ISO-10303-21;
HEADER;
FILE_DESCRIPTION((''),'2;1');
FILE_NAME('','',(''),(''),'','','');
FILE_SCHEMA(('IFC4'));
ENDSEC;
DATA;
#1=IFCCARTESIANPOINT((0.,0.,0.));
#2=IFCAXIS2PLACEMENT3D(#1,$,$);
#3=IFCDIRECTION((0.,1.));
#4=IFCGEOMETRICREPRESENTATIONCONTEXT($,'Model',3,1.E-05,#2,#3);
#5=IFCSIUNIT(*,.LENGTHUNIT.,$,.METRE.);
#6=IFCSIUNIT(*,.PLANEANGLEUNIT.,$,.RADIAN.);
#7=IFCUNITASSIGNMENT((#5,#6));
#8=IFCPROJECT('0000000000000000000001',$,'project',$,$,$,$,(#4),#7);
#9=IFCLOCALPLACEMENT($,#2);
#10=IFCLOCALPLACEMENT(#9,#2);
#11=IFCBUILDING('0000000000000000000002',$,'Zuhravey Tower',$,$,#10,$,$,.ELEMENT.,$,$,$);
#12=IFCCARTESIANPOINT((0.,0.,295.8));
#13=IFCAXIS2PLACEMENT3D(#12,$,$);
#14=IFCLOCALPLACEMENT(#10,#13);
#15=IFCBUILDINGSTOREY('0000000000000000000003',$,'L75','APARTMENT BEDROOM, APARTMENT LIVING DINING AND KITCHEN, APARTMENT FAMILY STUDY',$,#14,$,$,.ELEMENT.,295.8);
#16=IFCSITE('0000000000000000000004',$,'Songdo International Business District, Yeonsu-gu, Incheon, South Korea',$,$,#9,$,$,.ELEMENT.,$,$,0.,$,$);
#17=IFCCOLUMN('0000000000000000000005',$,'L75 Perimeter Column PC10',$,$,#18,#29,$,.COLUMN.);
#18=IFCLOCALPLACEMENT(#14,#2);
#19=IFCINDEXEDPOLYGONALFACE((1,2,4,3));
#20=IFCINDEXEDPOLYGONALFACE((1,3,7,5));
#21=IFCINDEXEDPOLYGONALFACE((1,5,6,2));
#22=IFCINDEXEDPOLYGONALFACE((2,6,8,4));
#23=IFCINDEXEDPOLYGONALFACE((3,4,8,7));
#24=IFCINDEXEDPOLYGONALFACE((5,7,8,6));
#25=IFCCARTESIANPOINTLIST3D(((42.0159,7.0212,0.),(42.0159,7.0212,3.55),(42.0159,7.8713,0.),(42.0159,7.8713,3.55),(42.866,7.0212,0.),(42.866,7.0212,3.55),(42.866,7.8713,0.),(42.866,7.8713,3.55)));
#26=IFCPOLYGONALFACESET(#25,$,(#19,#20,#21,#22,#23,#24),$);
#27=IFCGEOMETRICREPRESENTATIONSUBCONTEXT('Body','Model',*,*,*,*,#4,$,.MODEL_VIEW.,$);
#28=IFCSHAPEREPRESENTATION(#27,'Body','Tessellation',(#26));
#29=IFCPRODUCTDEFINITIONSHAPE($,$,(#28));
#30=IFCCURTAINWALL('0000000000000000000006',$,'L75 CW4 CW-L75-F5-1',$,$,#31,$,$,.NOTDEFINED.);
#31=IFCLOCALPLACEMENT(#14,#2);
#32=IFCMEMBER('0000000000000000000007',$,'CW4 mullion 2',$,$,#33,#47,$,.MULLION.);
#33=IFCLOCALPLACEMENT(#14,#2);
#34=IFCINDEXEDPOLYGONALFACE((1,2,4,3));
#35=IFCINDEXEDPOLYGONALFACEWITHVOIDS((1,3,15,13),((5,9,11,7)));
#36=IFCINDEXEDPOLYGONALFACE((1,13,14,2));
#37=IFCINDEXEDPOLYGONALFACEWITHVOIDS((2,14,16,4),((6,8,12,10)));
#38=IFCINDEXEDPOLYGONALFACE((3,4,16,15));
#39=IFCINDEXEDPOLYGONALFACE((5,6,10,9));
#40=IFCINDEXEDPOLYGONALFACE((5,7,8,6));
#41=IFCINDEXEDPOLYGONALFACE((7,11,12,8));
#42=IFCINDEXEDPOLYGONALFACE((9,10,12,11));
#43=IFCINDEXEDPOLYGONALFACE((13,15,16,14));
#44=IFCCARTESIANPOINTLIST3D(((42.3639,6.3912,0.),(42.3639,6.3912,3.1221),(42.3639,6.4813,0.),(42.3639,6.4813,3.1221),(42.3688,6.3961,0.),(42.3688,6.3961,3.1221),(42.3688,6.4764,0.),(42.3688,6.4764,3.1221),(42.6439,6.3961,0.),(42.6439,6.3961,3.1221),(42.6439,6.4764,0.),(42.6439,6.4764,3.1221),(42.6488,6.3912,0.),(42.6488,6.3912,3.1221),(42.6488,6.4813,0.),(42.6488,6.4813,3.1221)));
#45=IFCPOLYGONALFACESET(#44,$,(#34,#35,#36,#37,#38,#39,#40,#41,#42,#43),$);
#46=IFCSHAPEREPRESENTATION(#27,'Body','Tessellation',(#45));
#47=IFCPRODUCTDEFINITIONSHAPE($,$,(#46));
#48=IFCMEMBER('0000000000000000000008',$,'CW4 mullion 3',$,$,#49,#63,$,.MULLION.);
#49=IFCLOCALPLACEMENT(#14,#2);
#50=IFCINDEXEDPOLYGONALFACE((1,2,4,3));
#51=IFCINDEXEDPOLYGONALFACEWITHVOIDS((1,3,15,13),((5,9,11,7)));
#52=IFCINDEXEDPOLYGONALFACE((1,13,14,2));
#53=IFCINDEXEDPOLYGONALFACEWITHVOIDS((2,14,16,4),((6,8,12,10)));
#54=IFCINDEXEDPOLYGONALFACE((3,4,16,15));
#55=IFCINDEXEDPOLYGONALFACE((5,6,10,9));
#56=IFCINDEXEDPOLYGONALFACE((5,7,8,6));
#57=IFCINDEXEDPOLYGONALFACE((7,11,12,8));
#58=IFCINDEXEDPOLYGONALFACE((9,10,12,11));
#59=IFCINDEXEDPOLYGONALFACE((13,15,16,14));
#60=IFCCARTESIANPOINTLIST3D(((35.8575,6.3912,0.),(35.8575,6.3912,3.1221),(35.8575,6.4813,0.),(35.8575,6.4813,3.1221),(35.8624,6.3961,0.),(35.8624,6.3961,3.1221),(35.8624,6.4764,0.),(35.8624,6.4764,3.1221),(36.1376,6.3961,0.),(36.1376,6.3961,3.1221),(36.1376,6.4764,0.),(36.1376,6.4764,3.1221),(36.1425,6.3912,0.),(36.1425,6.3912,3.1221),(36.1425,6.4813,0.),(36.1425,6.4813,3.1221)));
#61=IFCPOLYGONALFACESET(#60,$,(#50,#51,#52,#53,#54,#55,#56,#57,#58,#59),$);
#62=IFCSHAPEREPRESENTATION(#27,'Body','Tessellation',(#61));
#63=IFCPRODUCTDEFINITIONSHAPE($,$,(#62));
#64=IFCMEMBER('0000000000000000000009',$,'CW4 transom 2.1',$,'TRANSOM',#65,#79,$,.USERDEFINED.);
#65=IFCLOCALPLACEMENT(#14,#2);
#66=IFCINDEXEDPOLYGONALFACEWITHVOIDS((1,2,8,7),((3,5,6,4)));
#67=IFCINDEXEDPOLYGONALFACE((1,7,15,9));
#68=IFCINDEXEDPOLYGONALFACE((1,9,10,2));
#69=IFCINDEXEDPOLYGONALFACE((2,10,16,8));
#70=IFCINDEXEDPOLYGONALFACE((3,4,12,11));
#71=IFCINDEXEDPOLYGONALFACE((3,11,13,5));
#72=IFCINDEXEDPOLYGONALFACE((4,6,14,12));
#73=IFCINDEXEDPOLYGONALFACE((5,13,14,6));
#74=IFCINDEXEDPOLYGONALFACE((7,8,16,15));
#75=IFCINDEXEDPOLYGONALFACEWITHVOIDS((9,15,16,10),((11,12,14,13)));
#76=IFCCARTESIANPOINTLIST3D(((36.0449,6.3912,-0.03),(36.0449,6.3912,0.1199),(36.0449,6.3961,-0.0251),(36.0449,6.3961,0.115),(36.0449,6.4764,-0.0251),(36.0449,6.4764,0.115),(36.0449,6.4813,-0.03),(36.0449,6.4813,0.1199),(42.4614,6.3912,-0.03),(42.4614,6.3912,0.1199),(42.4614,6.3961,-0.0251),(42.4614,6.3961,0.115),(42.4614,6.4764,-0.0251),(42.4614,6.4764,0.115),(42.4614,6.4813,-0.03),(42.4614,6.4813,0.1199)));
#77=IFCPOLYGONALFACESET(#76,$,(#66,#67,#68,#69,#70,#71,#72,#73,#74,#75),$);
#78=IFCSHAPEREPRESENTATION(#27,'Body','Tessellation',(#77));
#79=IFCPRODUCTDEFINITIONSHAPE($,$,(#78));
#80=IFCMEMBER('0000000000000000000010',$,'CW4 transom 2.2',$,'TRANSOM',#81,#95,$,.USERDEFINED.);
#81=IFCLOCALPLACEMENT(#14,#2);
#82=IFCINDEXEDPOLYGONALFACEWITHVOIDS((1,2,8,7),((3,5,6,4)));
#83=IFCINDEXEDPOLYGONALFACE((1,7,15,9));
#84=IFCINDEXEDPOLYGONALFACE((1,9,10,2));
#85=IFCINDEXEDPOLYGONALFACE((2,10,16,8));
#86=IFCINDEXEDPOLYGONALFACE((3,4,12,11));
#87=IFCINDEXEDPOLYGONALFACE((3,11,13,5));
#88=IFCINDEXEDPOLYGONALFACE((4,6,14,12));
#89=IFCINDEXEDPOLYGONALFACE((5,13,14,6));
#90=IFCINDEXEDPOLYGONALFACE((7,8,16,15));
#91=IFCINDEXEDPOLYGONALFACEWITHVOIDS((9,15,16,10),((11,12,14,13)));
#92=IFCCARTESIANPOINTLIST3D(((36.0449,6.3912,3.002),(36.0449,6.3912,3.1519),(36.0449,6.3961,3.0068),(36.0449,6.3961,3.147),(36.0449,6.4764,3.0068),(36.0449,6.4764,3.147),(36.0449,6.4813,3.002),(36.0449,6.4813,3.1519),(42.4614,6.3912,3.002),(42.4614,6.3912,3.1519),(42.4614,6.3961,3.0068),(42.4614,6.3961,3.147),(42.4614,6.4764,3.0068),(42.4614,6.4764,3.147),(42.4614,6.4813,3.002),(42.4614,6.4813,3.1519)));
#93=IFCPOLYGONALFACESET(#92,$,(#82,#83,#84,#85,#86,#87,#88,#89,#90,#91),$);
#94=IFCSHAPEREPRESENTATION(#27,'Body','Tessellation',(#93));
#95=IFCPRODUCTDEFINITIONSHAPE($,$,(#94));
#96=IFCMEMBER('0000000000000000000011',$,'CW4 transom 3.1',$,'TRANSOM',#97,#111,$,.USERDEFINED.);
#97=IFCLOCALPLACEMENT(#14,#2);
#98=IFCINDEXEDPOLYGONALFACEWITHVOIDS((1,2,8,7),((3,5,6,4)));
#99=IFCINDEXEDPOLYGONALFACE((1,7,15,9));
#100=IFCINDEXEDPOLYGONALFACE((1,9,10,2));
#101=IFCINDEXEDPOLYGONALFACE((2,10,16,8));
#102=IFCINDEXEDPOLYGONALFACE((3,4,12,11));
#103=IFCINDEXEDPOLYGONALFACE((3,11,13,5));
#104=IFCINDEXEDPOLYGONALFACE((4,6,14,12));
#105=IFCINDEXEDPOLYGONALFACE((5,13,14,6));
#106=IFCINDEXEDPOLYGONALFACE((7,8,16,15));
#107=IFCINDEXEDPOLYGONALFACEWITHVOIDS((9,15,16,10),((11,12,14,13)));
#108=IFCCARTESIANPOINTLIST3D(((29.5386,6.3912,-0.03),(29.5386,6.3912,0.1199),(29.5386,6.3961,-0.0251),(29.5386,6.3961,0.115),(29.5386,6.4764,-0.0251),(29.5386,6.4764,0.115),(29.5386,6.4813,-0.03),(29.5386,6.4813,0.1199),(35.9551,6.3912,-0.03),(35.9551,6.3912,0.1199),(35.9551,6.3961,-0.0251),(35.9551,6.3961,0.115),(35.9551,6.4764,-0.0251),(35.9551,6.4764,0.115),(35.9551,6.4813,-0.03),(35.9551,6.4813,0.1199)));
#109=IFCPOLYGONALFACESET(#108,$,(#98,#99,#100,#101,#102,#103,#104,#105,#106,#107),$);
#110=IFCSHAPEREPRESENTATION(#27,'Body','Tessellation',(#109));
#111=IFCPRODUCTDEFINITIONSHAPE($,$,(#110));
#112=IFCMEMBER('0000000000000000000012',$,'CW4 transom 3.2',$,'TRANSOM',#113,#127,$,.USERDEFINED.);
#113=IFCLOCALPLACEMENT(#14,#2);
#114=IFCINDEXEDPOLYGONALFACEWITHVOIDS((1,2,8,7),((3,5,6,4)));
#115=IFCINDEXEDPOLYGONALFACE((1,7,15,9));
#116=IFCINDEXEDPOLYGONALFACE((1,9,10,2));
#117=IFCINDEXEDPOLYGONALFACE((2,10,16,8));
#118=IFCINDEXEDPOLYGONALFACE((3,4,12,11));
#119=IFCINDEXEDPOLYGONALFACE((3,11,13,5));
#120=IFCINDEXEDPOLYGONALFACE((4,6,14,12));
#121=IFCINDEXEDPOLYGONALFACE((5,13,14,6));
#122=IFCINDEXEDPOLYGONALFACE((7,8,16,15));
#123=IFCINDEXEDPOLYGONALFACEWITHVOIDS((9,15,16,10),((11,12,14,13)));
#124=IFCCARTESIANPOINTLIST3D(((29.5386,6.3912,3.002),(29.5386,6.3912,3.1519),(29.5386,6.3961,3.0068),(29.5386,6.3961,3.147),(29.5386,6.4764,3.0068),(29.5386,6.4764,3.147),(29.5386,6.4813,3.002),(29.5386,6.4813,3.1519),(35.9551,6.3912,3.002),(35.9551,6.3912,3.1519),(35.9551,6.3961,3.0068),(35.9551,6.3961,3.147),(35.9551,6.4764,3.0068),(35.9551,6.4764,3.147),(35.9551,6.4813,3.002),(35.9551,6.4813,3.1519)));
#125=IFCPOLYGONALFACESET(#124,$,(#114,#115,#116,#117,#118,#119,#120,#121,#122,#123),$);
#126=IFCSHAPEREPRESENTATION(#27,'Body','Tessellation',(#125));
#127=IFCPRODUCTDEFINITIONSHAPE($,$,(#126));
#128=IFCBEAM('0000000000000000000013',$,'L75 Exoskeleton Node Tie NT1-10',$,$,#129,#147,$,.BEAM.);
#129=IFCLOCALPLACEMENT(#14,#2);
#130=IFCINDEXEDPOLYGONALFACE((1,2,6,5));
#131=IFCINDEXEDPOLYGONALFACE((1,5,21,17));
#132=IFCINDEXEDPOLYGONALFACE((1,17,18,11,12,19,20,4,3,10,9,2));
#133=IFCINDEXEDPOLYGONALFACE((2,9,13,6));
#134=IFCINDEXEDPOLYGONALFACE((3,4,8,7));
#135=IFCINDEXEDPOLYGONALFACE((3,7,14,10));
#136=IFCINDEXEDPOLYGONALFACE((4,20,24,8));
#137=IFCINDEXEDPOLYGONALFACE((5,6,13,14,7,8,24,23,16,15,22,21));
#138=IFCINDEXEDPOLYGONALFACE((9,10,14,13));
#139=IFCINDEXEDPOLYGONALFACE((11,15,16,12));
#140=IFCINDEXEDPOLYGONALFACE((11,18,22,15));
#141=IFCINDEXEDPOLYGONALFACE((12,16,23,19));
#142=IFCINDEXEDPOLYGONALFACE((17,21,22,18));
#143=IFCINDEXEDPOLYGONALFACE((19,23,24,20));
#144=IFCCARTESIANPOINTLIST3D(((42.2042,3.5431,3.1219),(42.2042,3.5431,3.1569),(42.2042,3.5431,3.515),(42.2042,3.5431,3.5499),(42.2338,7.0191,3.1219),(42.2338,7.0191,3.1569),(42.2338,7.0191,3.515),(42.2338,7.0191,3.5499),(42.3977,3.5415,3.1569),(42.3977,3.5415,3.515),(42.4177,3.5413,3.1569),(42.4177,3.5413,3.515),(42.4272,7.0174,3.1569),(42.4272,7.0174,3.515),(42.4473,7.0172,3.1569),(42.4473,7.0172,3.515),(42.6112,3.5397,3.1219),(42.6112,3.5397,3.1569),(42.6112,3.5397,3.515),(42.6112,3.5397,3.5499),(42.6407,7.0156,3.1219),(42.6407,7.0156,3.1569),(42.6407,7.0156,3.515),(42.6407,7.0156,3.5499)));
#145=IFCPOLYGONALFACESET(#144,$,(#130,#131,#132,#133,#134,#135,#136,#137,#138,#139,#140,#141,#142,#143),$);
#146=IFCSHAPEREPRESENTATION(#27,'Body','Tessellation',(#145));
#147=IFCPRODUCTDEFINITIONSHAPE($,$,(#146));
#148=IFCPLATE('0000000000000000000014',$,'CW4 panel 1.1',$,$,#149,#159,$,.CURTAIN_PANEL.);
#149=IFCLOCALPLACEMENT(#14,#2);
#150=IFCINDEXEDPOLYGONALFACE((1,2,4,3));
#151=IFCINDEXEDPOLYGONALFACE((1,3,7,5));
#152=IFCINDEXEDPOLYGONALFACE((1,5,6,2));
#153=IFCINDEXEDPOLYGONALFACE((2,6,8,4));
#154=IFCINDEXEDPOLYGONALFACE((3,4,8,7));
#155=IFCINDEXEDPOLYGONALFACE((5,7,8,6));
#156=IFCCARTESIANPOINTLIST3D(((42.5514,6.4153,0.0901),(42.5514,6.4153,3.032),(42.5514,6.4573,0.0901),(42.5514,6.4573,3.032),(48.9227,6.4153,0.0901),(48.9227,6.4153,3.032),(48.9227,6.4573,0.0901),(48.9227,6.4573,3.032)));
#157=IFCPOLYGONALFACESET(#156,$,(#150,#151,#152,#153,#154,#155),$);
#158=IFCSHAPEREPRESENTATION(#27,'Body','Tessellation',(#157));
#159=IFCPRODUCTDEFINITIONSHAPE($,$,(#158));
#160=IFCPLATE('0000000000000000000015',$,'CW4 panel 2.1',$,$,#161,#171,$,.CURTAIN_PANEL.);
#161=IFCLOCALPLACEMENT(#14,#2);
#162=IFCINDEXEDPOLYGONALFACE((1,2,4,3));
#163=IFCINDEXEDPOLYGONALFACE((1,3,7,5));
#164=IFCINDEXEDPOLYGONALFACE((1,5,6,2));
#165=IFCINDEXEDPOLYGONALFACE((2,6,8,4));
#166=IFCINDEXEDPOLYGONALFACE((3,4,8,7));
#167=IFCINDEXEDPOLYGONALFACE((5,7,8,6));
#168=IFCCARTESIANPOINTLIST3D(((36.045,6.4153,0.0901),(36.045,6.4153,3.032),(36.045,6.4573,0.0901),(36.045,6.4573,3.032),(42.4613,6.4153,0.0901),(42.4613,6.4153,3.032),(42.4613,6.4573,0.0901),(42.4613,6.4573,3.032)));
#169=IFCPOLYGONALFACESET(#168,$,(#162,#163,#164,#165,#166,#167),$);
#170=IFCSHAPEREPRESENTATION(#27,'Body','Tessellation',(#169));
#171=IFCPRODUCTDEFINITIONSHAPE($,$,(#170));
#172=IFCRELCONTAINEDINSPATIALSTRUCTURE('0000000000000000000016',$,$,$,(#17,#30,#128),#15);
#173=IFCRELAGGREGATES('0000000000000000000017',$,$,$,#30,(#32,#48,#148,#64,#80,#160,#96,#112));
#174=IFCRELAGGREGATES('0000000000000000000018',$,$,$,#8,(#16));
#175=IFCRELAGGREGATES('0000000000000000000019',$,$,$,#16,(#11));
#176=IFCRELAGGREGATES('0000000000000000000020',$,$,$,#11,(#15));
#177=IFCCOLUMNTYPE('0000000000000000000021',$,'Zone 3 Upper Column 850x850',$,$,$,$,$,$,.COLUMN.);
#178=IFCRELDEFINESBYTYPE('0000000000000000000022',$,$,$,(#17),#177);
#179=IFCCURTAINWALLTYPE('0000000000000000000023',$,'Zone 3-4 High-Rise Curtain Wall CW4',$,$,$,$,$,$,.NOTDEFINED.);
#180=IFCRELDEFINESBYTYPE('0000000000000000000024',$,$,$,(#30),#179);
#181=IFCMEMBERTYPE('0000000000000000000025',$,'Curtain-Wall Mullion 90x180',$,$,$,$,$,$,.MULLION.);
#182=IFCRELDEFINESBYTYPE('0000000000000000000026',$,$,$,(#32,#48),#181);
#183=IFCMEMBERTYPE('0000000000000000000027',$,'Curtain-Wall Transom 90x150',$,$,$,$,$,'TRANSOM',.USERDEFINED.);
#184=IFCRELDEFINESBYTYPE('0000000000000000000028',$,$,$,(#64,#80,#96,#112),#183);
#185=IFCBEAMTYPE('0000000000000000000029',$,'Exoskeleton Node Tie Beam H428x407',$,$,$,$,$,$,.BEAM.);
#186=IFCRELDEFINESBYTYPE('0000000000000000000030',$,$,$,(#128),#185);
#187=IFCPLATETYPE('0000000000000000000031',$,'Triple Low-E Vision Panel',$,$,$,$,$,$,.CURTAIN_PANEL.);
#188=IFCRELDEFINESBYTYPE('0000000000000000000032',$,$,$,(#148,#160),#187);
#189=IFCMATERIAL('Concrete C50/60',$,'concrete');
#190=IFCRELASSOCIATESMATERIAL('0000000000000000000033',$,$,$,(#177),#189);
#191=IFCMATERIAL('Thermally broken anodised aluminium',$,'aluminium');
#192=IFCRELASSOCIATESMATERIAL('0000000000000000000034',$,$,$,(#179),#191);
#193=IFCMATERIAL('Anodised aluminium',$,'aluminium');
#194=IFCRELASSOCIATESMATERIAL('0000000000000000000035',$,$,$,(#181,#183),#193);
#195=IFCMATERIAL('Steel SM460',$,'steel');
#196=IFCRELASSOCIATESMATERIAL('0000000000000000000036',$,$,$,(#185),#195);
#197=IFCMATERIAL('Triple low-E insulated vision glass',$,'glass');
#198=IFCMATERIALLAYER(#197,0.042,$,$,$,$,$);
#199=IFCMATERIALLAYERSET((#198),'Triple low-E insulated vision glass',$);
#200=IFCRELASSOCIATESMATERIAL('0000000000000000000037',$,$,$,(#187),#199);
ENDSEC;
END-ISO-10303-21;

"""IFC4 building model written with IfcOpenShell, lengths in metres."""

from ifc_helpers import new_model, si_unit, direction, frame, origin, origin_2d, place, context, subcontext, project, spatial, rectangle, hollow_rectangle, i_section, extrude, material, layer, layer_set, material_profile, profile_set, type_object, element, aggregate, save


model = new_model("IFC4")

# Units and contexts
model_context = context("Model", 3, precision=1e-05, world=origin(), true_north=direction((0.0, 1.0)))
body_context = subcontext(model_context, "Body", "Model", "MODEL_VIEW")
ifc_project = project(units=[si_unit("LENGTHUNIT", "METRE"), si_unit("PLANEANGLEUNIT", "RADIAN")], contexts=[model_context])

# Site, building, storey
site_placement = place(None, origin())
site = spatial("IfcSite", under=ifc_project, at=site_placement, Name="Songdo International Business District, Yeonsu-gu, Incheon, South Korea", CompositionType="ELEMENT", RefElevation=0.0)
building_placement = place(site_placement, origin())
building = spatial("IfcBuilding", under=site, at=building_placement, Name="Zuhravey Tower", CompositionType="ELEMENT")
storey_placement = place(building_placement, frame((0.0, 0.0, 295.8)))
storey = spatial("IfcBuildingStorey", under=building, at=storey_placement, Name="L75", Description="APARTMENT BEDROOM, APARTMENT LIVING DINING AND KITCHEN, APARTMENT FAMILY STUDY", CompositionType="ELEMENT", Elevation=295.8)

# Column
ifc_material_1 = material(Name="Concrete C50/60", Category="concrete")
ifc_material_profile_1 = material_profile(ifc_material_1, rectangle(XDim=0.8501, YDim=0.8501, at=origin_2d()), Name="RC-850x850")
ifc_profile_set_1 = profile_set([ifc_material_profile_1], Name="Concrete C50/60")
column_type = type_object("IfcColumnType", Name="Zone 3 Upper Column 850x850", PredefinedType="COLUMN", material=ifc_profile_set_1)
column_placement = place(storey_placement, frame((42.4409, 7.4463, 0.0), z_axis=(0.0, 0.0, 1.0), x_axis=(1.0, 0.0, 0.0)))
element("IfcColumn", 1, at=column_placement, inside=storey, type_object=column_type, Name="L75 Perimeter Column PC10", PredefinedType="COLUMN", context=body_context, shape_type="SweptSolid", body=[
    extrude(rectangle(XDim=0.8501, YDim=0.8501, at=origin_2d()), origin(), (0.0, 0.0, 1.0), 3.55),
])

# Curtain wall, members
ifc_material_2 = material(Name="Thermally broken anodised aluminium", Category="aluminium")
curtain_wall_type = type_object("IfcCurtainWallType", Name="Zone 3-4 High-Rise Curtain Wall CW4", PredefinedType="NOTDEFINED", material=ifc_material_2)
curtain_wall_placement = place(storey_placement, origin())
curtain_wall = element("IfcCurtainWall", 2, at=curtain_wall_placement, inside=storey, type_object=curtain_wall_type, Name="L75 CW4 CW-L75-F5-1", PredefinedType="NOTDEFINED")
ifc_material_3 = material(Name="Anodised aluminium", Category="aluminium")
ifc_material_profile_2 = material_profile(ifc_material_3, hollow_rectangle(XDim=0.0901, YDim=0.2849, WallThickness=0.0049, at=origin_2d()), Name="ALU-RHS-90x285x5")
ifc_profile_set_2 = profile_set([ifc_material_profile_2], Name="Anodised aluminium")
member_type_1 = type_object("IfcMemberType", Name="Curtain-Wall Mullion 90x180", PredefinedType="MULLION", material=ifc_profile_set_2)
member_1_placement = place(storey_placement, frame((42.5063, 6.4363, 0.0), z_axis=(0.0, 0.0, 1.0), x_axis=(0.0, -1.0, 0.0)))
member_1 = element("IfcMember", 3, at=member_1_placement, type_object=member_type_1, Name="CW4 mullion 2", PredefinedType="MULLION", context=body_context, shape_type="SweptSolid", body=[
    extrude(hollow_rectangle(XDim=0.0901, YDim=0.2849, WallThickness=0.0049, at=origin_2d()), origin(), (0.0, 0.0, 1.0), 3.1221),
])
member_2_placement = place(storey_placement, frame((36.0, 6.4363, 0.0), z_axis=(0.0, 0.0, 1.0), x_axis=(0.0, -1.0, 0.0)))
member_2 = element("IfcMember", 4, at=member_2_placement, type_object=member_type_1, Name="CW4 mullion 3", PredefinedType="MULLION", context=body_context, shape_type="SweptSolid", body=[
    extrude(hollow_rectangle(XDim=0.0901, YDim=0.2849, WallThickness=0.0049, at=origin_2d()), origin(), (0.0, 0.0, 1.0), 3.1221),
])
ifc_material_profile_3 = material_profile(ifc_material_3, hollow_rectangle(XDim=0.0901, YDim=0.1499, WallThickness=0.0049, at=origin_2d()), Name="ALU-RHS-90x150x5")
ifc_profile_set_3 = profile_set([ifc_material_profile_3], Name="Anodised aluminium")
member_type_2 = type_object("IfcMemberType", Name="Curtain-Wall Transom 90x150", ElementType="TRANSOM", PredefinedType="USERDEFINED", material=ifc_profile_set_3)
member_3_placement = place(storey_placement, frame((42.4614, 6.4363, 0.0449), z_axis=(-1.0, 0.0, 0.0), x_axis=(0.0, -1.0, 0.0)))
member_3 = element("IfcMember", 5, at=member_3_placement, type_object=member_type_2, Name="CW4 transom 2.1", ObjectType="TRANSOM", PredefinedType="USERDEFINED", context=body_context, shape_type="SweptSolid", body=[
    extrude(hollow_rectangle(XDim=0.0901, YDim=0.1499, WallThickness=0.0049, at=origin_2d()), origin(), (0.0, 0.0, 1.0), 6.4165),
])
member_4_placement = place(storey_placement, frame((42.4614, 6.4363, 3.0769), z_axis=(-1.0, 0.0, 0.0), x_axis=(0.0, -1.0, 0.0)))
member_4 = element("IfcMember", 6, at=member_4_placement, type_object=member_type_2, Name="CW4 transom 2.2", ObjectType="TRANSOM", PredefinedType="USERDEFINED", context=body_context, shape_type="SweptSolid", body=[
    extrude(hollow_rectangle(XDim=0.0901, YDim=0.1499, WallThickness=0.0049, at=origin_2d()), origin(), (0.0, 0.0, 1.0), 6.4165),
])
member_5_placement = place(storey_placement, frame((35.9551, 6.4363, 0.0449), z_axis=(-1.0, 0.0, 0.0), x_axis=(0.0, -1.0, 0.0)))
member_5 = element("IfcMember", 7, at=member_5_placement, type_object=member_type_2, Name="CW4 transom 3.1", ObjectType="TRANSOM", PredefinedType="USERDEFINED", context=body_context, shape_type="SweptSolid", body=[
    extrude(hollow_rectangle(XDim=0.0901, YDim=0.1499, WallThickness=0.0049, at=origin_2d()), origin(), (0.0, 0.0, 1.0), 6.4165),
])
member_6_placement = place(storey_placement, frame((35.9551, 6.4363, 3.0769), z_axis=(-1.0, 0.0, 0.0), x_axis=(0.0, -1.0, 0.0)))
member_6 = element("IfcMember", 8, at=member_6_placement, type_object=member_type_2, Name="CW4 transom 3.2", ObjectType="TRANSOM", PredefinedType="USERDEFINED", context=body_context, shape_type="SweptSolid", body=[
    extrude(hollow_rectangle(XDim=0.0901, YDim=0.1499, WallThickness=0.0049, at=origin_2d()), origin(), (0.0, 0.0, 1.0), 6.4165),
])

# Beam
ifc_material_4 = material(Name="Steel SM460", Category="steel")
ifc_material_profile_4 = material_profile(ifc_material_4, i_section(OverallWidth=0.407, OverallDepth=0.428, WebThickness=0.02, FlangeThickness=0.0349, at=origin_2d()), Name="H-428x407x20x35")
ifc_profile_set_4 = profile_set([ifc_material_profile_4], Name="Steel SM460")
beam_type = type_object("IfcBeamType", Name="Exoskeleton Node Tie Beam H428x407", PredefinedType="BEAM", material=ifc_profile_set_4)
beam_placement = place(storey_placement, frame((42.4373, 7.0173, 3.3359), z_axis=(-0.008499, -0.999964, 0.0), x_axis=(0.999964, -0.008499, 0.0)))
element("IfcBeam", 9, at=beam_placement, inside=storey, type_object=beam_type, Name="L75 Exoskeleton Node Tie NT1-10", PredefinedType="BEAM", context=body_context, shape_type="SweptSolid", body=[
    extrude(i_section(OverallWidth=0.407, OverallDepth=0.428, WebThickness=0.02, FlangeThickness=0.0349, at=origin_2d()), origin(), (0.0, 0.0, 1.0), 3.4761),
])

# Plates
ifc_material_5 = material(Name="Triple low-E insulated vision glass", Category="glass")
ifc_layer = layer(ifc_material_5, 0.042)
ifc_layer_set = layer_set([ifc_layer], Name="Triple low-E insulated vision glass")
plate_type = type_object("IfcPlateType", Name="Triple Low-E Vision Panel", PredefinedType="CURTAIN_PANEL", material=ifc_layer_set)
plate_1_placement = place(storey_placement, frame((45.7371, 6.4363, 0.0901), z_axis=(0.0, 0.0, 1.0), x_axis=(-1.0, 0.0, 0.0)))
plate_1 = element("IfcPlate", 10, at=plate_1_placement, type_object=plate_type, Name="CW4 panel 1.1", PredefinedType="CURTAIN_PANEL", context=body_context, shape_type="SweptSolid", body=[
    extrude(rectangle(XDim=6.3713, YDim=0.042, at=origin_2d()), origin(), (0.0, 0.0, 1.0), 2.9419),
])
plate_2_placement = place(storey_placement, frame((39.2532, 6.4363, 0.0901), z_axis=(0.0, 0.0, 1.0), x_axis=(-1.0, 0.0, 0.0)))
plate_2 = element("IfcPlate", 11, at=plate_2_placement, type_object=plate_type, Name="CW4 panel 2.1", PredefinedType="CURTAIN_PANEL", context=body_context, shape_type="SweptSolid", body=[
    extrude(rectangle(XDim=6.4163, YDim=0.042, at=origin_2d()), origin(), (0.0, 0.0, 1.0), 2.9419),
])
aggregate(curtain_wall, [member_1, member_2, plate_1, member_3, member_4, plate_2, member_5, member_6])

save(model, "model.ifc")
